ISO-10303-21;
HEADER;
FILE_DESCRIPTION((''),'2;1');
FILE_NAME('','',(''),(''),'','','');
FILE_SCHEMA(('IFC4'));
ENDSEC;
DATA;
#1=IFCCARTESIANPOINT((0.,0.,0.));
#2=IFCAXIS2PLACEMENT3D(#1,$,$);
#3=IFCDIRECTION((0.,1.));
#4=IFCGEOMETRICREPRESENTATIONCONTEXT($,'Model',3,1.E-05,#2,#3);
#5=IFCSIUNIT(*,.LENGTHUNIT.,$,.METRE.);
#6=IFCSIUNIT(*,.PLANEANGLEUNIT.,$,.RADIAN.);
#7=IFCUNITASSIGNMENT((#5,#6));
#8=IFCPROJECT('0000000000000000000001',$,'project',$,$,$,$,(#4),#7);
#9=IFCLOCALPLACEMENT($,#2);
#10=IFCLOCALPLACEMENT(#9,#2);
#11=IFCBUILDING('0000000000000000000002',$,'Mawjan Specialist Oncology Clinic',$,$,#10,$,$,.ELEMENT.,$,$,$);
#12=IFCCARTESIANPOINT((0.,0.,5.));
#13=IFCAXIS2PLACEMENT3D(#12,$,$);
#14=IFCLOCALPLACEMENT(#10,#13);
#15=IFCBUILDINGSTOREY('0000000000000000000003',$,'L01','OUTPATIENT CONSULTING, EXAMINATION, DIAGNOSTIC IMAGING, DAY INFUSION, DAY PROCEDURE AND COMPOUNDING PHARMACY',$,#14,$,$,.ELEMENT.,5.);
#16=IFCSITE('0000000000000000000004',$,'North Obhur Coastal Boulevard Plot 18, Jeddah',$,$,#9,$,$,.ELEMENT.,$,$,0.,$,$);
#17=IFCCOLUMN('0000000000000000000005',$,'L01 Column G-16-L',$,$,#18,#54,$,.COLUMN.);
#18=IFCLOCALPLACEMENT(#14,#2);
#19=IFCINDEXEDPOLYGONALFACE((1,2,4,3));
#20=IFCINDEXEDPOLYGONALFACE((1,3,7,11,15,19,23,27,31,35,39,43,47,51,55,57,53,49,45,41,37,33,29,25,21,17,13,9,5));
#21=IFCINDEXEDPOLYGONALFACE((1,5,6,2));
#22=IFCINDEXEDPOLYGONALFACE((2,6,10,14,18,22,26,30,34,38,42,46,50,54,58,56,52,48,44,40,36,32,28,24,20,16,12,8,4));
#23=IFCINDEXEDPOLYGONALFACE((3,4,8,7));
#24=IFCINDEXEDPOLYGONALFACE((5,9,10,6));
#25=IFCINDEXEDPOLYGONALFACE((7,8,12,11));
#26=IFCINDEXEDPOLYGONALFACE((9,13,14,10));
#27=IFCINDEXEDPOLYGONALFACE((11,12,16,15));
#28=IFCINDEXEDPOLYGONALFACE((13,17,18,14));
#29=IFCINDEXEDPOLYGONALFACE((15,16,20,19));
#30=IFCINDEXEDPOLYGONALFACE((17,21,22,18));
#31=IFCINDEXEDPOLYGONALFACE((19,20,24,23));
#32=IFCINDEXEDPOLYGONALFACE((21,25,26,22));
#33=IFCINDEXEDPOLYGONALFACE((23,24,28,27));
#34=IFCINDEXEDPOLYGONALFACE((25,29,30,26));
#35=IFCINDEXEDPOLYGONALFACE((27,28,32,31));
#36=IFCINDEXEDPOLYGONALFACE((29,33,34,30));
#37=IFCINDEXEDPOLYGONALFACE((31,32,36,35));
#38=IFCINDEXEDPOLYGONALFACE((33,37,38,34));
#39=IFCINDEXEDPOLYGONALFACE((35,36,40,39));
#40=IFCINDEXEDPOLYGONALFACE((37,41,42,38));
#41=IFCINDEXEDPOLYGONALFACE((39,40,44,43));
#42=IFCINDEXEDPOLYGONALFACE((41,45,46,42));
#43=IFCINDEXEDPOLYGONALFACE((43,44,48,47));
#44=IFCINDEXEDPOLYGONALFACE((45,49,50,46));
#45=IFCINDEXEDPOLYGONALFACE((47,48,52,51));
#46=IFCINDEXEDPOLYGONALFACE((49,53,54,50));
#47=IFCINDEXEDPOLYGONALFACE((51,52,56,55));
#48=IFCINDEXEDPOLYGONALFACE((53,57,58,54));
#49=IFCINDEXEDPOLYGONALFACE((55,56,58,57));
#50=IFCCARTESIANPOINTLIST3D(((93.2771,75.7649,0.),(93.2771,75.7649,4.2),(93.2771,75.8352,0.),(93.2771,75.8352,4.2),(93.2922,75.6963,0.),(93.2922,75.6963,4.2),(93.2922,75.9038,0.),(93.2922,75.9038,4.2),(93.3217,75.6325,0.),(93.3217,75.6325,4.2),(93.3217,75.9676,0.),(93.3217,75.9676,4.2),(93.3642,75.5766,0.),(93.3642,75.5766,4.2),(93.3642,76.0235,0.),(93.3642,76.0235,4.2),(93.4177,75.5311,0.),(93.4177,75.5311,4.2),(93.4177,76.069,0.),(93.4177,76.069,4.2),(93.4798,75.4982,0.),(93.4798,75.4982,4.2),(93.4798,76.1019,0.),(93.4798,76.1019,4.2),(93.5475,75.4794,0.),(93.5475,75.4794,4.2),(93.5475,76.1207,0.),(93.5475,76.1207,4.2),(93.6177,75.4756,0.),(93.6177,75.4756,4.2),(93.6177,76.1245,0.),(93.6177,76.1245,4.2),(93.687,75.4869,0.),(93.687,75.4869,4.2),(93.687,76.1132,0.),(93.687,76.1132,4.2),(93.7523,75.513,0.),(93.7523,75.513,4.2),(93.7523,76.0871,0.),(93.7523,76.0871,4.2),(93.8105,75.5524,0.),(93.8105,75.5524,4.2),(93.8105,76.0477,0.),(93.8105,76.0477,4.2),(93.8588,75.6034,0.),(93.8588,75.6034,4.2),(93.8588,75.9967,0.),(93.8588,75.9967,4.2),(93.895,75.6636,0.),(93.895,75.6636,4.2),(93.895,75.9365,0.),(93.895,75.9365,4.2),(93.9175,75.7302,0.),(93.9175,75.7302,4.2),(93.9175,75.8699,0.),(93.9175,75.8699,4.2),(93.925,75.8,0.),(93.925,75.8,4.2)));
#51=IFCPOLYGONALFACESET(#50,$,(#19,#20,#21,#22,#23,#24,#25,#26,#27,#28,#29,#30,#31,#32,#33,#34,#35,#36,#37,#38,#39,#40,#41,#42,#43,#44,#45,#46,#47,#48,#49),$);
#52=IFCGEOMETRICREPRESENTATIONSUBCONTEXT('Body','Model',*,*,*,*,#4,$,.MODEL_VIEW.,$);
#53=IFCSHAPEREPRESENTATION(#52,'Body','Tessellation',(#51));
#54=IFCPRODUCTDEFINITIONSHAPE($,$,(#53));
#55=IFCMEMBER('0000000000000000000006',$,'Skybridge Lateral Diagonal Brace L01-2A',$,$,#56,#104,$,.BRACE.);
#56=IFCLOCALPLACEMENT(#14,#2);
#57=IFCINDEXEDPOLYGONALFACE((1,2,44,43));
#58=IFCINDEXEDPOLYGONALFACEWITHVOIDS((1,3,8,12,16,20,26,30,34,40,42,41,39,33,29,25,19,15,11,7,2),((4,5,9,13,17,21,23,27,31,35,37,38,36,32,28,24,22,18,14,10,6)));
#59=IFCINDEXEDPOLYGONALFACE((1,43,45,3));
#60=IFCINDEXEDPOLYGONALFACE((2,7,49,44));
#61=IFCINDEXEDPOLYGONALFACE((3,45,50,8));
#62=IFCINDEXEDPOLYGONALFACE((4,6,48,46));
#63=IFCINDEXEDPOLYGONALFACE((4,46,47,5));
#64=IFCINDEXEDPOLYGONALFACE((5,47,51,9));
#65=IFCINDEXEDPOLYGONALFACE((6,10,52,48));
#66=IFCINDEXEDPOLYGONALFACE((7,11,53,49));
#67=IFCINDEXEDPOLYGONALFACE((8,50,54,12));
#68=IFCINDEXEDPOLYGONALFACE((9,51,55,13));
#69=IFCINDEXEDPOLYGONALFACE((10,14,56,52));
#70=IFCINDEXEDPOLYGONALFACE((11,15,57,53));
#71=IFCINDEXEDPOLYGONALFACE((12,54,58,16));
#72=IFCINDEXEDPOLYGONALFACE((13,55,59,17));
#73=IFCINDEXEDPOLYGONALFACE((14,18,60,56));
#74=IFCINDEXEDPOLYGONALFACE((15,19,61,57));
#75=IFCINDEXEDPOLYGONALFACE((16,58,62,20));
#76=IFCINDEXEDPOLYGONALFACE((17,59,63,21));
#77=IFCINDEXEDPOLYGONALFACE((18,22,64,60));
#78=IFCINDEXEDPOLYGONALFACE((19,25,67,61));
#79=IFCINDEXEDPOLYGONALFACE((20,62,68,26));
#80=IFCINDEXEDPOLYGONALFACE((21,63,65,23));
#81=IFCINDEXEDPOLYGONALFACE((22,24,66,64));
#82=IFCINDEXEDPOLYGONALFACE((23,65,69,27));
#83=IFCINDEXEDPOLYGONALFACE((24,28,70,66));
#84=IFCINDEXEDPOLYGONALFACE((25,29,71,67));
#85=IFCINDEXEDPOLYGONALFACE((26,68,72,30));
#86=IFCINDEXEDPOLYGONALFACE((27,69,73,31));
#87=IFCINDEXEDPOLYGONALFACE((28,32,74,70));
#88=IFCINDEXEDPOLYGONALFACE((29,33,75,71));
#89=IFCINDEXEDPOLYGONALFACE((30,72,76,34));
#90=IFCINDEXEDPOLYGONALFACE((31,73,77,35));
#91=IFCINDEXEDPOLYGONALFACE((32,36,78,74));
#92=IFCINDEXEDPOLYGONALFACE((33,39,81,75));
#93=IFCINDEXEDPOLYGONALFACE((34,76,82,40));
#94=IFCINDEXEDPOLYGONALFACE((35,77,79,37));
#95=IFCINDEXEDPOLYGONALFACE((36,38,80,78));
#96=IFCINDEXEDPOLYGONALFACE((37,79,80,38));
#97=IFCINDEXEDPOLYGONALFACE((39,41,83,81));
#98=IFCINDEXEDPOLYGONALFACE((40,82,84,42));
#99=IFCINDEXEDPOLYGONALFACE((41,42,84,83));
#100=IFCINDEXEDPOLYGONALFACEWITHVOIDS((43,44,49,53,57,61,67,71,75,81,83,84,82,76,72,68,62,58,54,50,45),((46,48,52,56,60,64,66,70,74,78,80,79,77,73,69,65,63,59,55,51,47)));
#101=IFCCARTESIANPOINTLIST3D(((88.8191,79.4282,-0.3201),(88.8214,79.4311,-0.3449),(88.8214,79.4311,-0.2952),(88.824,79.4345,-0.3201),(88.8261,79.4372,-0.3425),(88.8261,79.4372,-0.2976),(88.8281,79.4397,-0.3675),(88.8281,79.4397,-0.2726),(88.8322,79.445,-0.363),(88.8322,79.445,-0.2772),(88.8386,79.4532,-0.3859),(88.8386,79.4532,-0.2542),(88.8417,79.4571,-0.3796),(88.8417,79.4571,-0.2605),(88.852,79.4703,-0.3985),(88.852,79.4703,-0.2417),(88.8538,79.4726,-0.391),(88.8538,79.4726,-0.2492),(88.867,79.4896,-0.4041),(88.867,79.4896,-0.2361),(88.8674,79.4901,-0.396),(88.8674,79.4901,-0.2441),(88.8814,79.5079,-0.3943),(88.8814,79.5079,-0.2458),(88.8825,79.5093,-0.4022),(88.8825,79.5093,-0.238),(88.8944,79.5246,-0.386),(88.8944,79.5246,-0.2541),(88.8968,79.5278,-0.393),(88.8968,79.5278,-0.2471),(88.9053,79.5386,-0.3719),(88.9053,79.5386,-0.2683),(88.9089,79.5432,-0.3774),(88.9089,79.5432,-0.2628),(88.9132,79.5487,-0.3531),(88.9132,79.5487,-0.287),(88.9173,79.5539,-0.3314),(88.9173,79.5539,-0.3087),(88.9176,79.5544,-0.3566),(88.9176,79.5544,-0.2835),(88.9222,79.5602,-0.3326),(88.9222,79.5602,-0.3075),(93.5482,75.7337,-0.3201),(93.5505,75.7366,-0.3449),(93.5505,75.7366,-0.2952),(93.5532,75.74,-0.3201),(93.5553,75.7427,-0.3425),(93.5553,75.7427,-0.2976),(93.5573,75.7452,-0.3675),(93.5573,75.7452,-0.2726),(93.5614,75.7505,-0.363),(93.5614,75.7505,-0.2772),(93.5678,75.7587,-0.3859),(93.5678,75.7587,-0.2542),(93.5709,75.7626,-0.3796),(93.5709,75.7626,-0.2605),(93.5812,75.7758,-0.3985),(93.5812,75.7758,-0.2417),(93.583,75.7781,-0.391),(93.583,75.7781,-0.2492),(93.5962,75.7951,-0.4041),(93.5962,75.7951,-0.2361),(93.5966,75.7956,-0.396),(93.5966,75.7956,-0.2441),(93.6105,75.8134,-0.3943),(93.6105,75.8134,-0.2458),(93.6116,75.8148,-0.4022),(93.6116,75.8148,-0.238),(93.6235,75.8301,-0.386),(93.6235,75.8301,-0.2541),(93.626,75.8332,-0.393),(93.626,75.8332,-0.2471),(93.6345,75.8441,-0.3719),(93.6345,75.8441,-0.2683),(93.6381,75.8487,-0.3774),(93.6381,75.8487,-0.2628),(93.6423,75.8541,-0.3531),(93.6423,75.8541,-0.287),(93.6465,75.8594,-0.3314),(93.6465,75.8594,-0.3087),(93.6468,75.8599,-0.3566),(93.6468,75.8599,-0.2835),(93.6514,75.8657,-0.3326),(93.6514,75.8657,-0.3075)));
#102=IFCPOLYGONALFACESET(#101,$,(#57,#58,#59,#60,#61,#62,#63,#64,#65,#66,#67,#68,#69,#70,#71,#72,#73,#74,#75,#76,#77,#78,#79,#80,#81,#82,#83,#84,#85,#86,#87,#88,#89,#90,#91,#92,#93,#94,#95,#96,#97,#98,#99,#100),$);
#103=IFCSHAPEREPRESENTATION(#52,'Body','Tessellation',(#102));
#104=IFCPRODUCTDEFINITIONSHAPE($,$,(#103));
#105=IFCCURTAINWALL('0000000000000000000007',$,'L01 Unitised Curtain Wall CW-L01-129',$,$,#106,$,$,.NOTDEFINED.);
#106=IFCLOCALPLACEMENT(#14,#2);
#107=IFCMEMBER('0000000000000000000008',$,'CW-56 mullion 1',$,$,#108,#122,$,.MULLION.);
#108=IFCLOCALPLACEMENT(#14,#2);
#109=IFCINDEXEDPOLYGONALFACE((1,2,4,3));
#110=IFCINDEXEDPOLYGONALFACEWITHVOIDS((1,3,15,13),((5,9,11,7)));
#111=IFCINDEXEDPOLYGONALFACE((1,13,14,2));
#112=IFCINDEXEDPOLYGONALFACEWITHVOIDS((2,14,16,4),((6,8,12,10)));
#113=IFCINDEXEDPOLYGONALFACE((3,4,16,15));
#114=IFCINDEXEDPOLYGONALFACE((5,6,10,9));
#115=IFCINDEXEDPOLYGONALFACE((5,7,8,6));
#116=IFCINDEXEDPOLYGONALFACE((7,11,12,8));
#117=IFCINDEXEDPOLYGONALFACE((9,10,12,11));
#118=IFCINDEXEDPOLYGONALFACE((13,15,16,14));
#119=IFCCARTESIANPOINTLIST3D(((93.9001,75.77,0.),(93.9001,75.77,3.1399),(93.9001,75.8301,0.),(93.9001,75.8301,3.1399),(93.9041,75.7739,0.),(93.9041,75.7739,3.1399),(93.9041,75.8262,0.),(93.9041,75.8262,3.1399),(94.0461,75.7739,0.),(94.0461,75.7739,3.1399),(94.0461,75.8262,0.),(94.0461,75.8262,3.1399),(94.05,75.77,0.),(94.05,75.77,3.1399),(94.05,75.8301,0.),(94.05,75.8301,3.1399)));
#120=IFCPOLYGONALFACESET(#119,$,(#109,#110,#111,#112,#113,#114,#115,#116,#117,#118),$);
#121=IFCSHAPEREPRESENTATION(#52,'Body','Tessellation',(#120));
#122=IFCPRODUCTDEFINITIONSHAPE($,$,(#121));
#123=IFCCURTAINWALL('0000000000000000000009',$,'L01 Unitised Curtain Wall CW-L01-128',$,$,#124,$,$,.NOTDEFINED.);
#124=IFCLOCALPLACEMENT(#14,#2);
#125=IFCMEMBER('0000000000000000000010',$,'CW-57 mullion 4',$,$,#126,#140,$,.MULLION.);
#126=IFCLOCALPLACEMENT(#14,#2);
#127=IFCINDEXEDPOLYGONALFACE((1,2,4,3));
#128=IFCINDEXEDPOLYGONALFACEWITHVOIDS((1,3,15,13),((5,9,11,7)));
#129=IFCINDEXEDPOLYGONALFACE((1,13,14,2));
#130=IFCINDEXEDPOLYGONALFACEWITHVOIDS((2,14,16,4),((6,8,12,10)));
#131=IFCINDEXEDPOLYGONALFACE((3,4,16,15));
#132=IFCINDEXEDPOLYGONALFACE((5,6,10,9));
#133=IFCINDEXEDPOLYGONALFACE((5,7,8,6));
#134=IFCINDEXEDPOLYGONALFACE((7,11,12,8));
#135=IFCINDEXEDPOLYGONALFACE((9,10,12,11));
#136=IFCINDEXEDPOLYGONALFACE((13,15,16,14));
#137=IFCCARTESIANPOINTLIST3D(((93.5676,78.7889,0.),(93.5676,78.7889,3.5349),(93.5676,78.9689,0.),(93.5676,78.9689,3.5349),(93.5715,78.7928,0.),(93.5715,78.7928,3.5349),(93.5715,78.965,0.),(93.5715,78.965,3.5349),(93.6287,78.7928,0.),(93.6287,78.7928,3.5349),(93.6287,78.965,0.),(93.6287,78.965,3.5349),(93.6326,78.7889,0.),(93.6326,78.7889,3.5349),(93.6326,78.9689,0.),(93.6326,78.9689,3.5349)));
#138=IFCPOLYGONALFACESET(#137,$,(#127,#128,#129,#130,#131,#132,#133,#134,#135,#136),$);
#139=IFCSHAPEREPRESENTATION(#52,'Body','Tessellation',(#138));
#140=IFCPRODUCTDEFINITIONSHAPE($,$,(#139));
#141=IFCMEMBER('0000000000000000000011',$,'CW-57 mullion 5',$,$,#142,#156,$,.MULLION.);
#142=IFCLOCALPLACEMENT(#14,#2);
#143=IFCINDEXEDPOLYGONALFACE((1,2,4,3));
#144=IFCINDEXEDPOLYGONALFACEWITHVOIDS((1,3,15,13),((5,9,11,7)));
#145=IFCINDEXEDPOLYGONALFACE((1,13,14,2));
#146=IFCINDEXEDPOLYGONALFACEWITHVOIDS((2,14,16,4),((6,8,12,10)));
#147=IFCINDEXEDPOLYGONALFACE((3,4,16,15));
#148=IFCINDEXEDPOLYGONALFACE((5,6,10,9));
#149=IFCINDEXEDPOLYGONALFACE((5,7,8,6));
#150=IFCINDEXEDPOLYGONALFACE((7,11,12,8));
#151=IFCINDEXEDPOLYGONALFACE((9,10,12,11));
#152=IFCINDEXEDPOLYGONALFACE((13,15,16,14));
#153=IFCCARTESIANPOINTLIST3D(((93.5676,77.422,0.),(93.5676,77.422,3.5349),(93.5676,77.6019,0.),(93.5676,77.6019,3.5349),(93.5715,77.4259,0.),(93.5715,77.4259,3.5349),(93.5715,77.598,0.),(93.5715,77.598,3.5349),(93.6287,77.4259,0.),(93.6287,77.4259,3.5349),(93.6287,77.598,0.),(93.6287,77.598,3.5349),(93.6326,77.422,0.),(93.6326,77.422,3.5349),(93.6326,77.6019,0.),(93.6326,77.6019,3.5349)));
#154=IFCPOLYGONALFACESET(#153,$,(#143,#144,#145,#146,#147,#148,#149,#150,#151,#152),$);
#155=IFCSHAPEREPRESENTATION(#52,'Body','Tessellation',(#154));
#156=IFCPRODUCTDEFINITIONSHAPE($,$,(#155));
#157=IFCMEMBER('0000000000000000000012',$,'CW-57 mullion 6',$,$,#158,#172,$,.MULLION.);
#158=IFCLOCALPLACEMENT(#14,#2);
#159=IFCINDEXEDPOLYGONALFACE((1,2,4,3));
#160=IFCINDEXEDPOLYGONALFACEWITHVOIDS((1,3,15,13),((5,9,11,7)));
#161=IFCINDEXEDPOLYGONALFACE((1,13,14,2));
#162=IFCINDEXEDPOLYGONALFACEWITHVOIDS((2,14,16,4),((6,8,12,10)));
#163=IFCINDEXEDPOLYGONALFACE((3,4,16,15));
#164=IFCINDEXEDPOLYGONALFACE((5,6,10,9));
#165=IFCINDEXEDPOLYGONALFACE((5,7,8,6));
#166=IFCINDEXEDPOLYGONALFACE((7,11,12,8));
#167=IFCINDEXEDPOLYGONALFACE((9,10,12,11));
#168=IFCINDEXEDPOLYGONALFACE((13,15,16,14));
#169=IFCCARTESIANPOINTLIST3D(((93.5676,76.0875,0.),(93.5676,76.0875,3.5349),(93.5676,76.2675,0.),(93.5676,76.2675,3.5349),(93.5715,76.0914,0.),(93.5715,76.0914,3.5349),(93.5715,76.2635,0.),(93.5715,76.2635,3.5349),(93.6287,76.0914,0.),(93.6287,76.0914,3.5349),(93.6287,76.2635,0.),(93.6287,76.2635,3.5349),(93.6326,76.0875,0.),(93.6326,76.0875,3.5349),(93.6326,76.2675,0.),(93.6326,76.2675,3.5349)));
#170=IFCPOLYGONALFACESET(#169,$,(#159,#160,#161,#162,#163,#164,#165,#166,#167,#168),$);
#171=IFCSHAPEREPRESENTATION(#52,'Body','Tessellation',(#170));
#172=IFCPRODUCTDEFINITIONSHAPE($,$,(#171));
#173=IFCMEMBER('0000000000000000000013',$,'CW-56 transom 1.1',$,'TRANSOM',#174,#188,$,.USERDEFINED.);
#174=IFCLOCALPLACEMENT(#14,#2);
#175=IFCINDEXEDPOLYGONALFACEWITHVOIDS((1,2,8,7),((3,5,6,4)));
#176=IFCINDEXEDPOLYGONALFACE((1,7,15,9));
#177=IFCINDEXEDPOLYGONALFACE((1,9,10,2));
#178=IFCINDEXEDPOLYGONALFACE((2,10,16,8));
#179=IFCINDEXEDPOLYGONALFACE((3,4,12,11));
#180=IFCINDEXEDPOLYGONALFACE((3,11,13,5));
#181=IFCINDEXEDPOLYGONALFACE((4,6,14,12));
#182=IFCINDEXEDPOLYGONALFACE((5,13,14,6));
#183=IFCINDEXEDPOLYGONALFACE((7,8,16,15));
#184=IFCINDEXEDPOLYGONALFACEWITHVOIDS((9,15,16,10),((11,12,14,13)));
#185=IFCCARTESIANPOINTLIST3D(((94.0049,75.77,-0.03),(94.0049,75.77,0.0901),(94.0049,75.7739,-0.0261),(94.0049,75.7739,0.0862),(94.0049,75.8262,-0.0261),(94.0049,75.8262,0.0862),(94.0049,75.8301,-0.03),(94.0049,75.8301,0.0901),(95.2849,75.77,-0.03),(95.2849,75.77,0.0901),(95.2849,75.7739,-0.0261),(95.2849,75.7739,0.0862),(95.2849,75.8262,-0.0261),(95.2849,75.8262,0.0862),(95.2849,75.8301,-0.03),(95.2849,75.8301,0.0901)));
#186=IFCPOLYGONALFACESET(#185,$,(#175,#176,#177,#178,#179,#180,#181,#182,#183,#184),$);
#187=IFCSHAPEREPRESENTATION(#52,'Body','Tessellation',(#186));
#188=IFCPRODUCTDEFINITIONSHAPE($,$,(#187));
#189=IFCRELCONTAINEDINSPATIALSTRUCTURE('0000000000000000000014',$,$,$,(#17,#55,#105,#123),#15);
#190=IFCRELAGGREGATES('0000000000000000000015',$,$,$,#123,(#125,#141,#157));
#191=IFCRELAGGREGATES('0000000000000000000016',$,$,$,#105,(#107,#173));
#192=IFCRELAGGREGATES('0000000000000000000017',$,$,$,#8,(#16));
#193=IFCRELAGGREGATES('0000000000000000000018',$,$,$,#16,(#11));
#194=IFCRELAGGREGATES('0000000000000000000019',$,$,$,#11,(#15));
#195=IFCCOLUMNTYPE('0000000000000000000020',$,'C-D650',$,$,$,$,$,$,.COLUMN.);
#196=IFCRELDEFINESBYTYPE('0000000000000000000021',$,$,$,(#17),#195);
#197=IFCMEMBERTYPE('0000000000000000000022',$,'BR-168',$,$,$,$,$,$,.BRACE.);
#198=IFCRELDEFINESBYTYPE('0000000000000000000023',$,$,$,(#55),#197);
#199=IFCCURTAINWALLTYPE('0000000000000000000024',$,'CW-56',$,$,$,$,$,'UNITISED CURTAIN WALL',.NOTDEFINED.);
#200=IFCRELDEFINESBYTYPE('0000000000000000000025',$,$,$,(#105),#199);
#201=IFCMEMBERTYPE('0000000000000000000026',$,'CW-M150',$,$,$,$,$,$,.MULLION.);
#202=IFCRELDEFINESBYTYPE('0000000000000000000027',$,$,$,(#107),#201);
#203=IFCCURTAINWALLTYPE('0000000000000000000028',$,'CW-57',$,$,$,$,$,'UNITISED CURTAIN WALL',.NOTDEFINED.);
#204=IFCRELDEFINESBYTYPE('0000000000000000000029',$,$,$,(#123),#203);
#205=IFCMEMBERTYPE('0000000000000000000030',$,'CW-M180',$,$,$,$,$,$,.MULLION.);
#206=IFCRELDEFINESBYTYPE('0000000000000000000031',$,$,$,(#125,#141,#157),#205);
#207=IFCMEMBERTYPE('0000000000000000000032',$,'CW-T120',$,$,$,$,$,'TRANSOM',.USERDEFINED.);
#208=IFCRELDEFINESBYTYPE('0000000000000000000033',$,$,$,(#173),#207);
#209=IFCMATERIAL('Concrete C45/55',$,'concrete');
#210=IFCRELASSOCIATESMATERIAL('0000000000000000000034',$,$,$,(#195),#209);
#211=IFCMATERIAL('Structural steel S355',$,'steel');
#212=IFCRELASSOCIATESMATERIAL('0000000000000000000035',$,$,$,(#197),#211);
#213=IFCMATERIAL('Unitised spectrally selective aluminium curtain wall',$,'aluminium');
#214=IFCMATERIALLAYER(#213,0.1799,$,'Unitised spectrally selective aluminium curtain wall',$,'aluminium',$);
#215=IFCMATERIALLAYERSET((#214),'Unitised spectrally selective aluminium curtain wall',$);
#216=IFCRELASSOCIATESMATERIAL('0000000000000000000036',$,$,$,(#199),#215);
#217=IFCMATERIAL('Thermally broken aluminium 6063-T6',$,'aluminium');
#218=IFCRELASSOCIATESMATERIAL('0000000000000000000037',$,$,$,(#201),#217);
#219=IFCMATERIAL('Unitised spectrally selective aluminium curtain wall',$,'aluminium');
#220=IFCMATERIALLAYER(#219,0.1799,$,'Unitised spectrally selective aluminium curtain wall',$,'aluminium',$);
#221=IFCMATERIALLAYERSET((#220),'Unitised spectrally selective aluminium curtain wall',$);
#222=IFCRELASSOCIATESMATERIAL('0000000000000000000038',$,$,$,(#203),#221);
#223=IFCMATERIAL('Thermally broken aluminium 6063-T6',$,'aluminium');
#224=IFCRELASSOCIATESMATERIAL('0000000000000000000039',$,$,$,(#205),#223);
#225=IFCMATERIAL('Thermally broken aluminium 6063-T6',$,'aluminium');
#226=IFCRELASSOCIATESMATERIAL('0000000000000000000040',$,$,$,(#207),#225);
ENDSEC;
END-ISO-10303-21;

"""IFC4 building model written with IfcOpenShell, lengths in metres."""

from ifc_helpers import new_model, si_unit, direction, frame, origin, origin_2d, place, context, subcontext, project, spatial, hollow_rectangle, circle, hollow_circle, extrude, material, layer, layer_set, material_profile, profile_set, type_object, element, aggregate, save


model = new_model("IFC4")

# Units and contexts
model_context = context("Model", 3, precision=1e-05, world=origin(), true_north=direction((0.0, 1.0)))
body_context = subcontext(model_context, "Body", "Model", "MODEL_VIEW")
ifc_project = project(units=[si_unit("LENGTHUNIT", "METRE"), si_unit("PLANEANGLEUNIT", "RADIAN")], contexts=[model_context])

# Site, building, storey
site_placement = place(None, origin())
site = spatial("IfcSite", under=ifc_project, at=site_placement, Name="North Obhur Coastal Boulevard Plot 18, Jeddah", CompositionType="ELEMENT", RefElevation=0.0)
building_placement = place(site_placement, origin())
building = spatial("IfcBuilding", under=site, at=building_placement, Name="Mawjan Specialist Oncology Clinic", CompositionType="ELEMENT")
storey_placement = place(building_placement, frame((0.0, 0.0, 5.0)))
storey = spatial("IfcBuildingStorey", under=building, at=storey_placement, Name="L01", Description="OUTPATIENT CONSULTING, EXAMINATION, DIAGNOSTIC IMAGING, DAY INFUSION, DAY PROCEDURE AND COMPOUNDING PHARMACY", CompositionType="ELEMENT", Elevation=5.0)

# Column
ifc_material_1 = material(Name="Concrete C45/55", Category="concrete")
ifc_material_profile_1 = material_profile(ifc_material_1, circle(Radius=0.325, at=origin_2d()), Name="RC COL D650", Category="concrete")
ifc_profile_set_1 = profile_set([ifc_material_profile_1], Name="Concrete C45/55")
column_type = type_object("IfcColumnType", Name="C-D650", PredefinedType="COLUMN", material=ifc_profile_set_1)
column_placement = place(storey_placement, frame((93.6001, 75.8, 0.0), z_axis=(0.0, 0.0, 1.0), x_axis=(1.0, 0.0, 0.0)))
element("IfcColumn", 1, at=column_placement, inside=storey, type_object=column_type, Name="L01 Column G-16-L", PredefinedType="COLUMN", context=body_context, shape_type="SweptSolid", body=[
    extrude(circle(Radius=0.325, at=origin_2d()), origin(), (0.0, 0.0, 1.0), 4.2),
])

# Member
ifc_material_2 = material(Name="Structural steel S355", Category="steel")
ifc_material_profile_2 = material_profile(ifc_material_2, hollow_circle(Radius=0.0842, WallThickness=0.0081, at=origin_2d()), Name="CHS 168.3x8", Category="steel")
ifc_profile_set_2 = profile_set([ifc_material_profile_2], Name="Structural steel S355")
member_type_1 = type_object("IfcMemberType", Name="BR-168", PredefinedType="BRACE", material=ifc_profile_set_2)
member_1_placement = place(storey_placement, frame((93.6001, 75.8, -0.3201), z_axis=(-0.788036, 0.615629, 0.0), x_axis=(-0.615629, -0.788036, 0.0)))
element("IfcMember", 2, at=member_1_placement, inside=storey, type_object=member_type_1, Name="Skybridge Lateral Diagonal Brace L01-2A", PredefinedType="BRACE", context=body_context, shape_type="SweptSolid", body=[
    extrude(hollow_circle(Radius=0.0842, WallThickness=0.0081, at=origin_2d()), origin(), (0.0, 0.0, 1.0), 6.0012),
])

# Curtain wall, member
ifc_material_3 = material(Name="Unitised spectrally selective aluminium curtain wall", Category="aluminium")
ifc_layer_1 = layer(ifc_material_3, 0.1799, Name="Unitised spectrally selective aluminium curtain wall", Category="aluminium")
ifc_layer_set_1 = layer_set([ifc_layer_1], Name="Unitised spectrally selective aluminium curtain wall")
curtain_wall_type_1 = type_object("IfcCurtainWallType", Name="CW-56", ElementType="UNITISED CURTAIN WALL", PredefinedType="NOTDEFINED", material=ifc_layer_set_1)
curtain_wall_1_placement = place(storey_placement, origin())
curtain_wall_1 = element("IfcCurtainWall", 3, at=curtain_wall_1_placement, inside=storey, type_object=curtain_wall_type_1, Name="L01 Unitised Curtain Wall CW-L01-129", PredefinedType="NOTDEFINED")
ifc_material_4 = material(Name="Thermally broken aluminium 6063-T6", Category="aluminium")
ifc_material_profile_3 = material_profile(ifc_material_4, hollow_rectangle(XDim=0.0601, YDim=0.1499, WallThickness=0.0039, at=origin_2d()), Name="ALU MULLION 150x60x4", Category="aluminium")
ifc_profile_set_3 = profile_set([ifc_material_profile_3], Name="Thermally broken aluminium 6063-T6")
member_type_2 = type_object("IfcMemberType", Name="CW-M150", PredefinedType="MULLION", material=ifc_profile_set_3)
member_2_placement = place(storey_placement, frame((93.9751, 75.8, 0.0), z_axis=(0.0, 0.0, 1.0), x_axis=(0.0, 1.0, 0.0)))
member_2 = element("IfcMember", 4, at=member_2_placement, type_object=member_type_2, Name="CW-56 mullion 1", PredefinedType="MULLION", context=body_context, shape_type="SweptSolid", body=[
    extrude(hollow_rectangle(XDim=0.0601, YDim=0.1499, WallThickness=0.0039, at=origin_2d()), origin(), (0.0, 0.0, 1.0), 3.1399),
])

# Curtain wall, members
ifc_material_5 = material(Name="Unitised spectrally selective aluminium curtain wall", Category="aluminium")
ifc_layer_2 = layer(ifc_material_5, 0.1799, Name="Unitised spectrally selective aluminium curtain wall", Category="aluminium")
ifc_layer_set_2 = layer_set([ifc_layer_2], Name="Unitised spectrally selective aluminium curtain wall")
curtain_wall_type_2 = type_object("IfcCurtainWallType", Name="CW-57", ElementType="UNITISED CURTAIN WALL", PredefinedType="NOTDEFINED", material=ifc_layer_set_2)
curtain_wall_2_placement = place(storey_placement, origin())
curtain_wall_2 = element("IfcCurtainWall", 5, at=curtain_wall_2_placement, inside=storey, type_object=curtain_wall_type_2, Name="L01 Unitised Curtain Wall CW-L01-128", PredefinedType="NOTDEFINED")
ifc_material_6 = material(Name="Thermally broken aluminium 6063-T6", Category="aluminium")
ifc_material_profile_4 = material_profile(ifc_material_6, hollow_rectangle(XDim=0.0649, YDim=0.1799, WallThickness=0.0039, at=origin_2d()), Name="ALU MULLION 180x65x4", Category="aluminium")
ifc_profile_set_4 = profile_set([ifc_material_profile_4], Name="Thermally broken aluminium 6063-T6")
member_type_3 = type_object("IfcMemberType", Name="CW-M180", PredefinedType="MULLION", material=ifc_profile_set_4)
member_3_placement = place(storey_placement, frame((93.6001, 78.8789, 0.0), z_axis=(0.0, 0.0, 1.0), x_axis=(1.0, 0.0, 0.0)))
member_3 = element("IfcMember", 6, at=member_3_placement, type_object=member_type_3, Name="CW-57 mullion 4", PredefinedType="MULLION", context=body_context, shape_type="SweptSolid", body=[
    extrude(hollow_rectangle(XDim=0.0649, YDim=0.1799, WallThickness=0.0039, at=origin_2d()), origin(), (0.0, 0.0, 1.0), 3.5349),
])
member_4_placement = place(storey_placement, frame((93.6001, 77.512, 0.0), z_axis=(0.0, 0.0, 1.0), x_axis=(1.0, 0.0, 0.0)))
member_4 = element("IfcMember", 7, at=member_4_placement, type_object=member_type_3, Name="CW-57 mullion 5", PredefinedType="MULLION", context=body_context, shape_type="SweptSolid", body=[
    extrude(hollow_rectangle(XDim=0.0649, YDim=0.1799, WallThickness=0.0039, at=origin_2d()), origin(), (0.0, 0.0, 1.0), 3.5349),
])
member_5_placement = place(storey_placement, frame((93.6001, 76.1775, 0.0), z_axis=(0.0, 0.0, 1.0), x_axis=(1.0, 0.0, 0.0)))
member_5 = element("IfcMember", 8, at=member_5_placement, type_object=member_type_3, Name="CW-57 mullion 6", PredefinedType="MULLION", context=body_context, shape_type="SweptSolid", body=[
    extrude(hollow_rectangle(XDim=0.0649, YDim=0.1799, WallThickness=0.0039, at=origin_2d()), origin(), (0.0, 0.0, 1.0), 3.5349),
])

# Member
ifc_material_7 = material(Name="Thermally broken aluminium 6063-T6", Category="aluminium")
ifc_material_profile_5 = material_profile(ifc_material_7, hollow_rectangle(XDim=0.0601, YDim=0.1201, WallThickness=0.0039, at=origin_2d()), Name="ALU TRANSOM 120x60x4", Category="aluminium")
ifc_profile_set_5 = profile_set([ifc_material_profile_5], Name="Thermally broken aluminium 6063-T6")
member_type_4 = type_object("IfcMemberType", Name="CW-T120", ElementType="TRANSOM", PredefinedType="USERDEFINED", material=ifc_profile_set_5)
member_6_placement = place(storey_placement, frame((94.0049, 75.8, 0.03), z_axis=(1.0, 0.0, 0.0), x_axis=(0.0, 1.0, 0.0)))
member_6 = element("IfcMember", 9, at=member_6_placement, type_object=member_type_4, Name="CW-56 transom 1.1", ObjectType="TRANSOM", PredefinedType="USERDEFINED", context=body_context, shape_type="SweptSolid", body=[
    extrude(hollow_rectangle(XDim=0.0601, YDim=0.1201, WallThickness=0.0039, at=origin_2d()), origin(), (0.0, 0.0, 1.0), 1.28),
])

aggregate(curtain_wall_2, [member_3, member_4, member_5])
aggregate(curtain_wall_1, [member_2, member_6])

save(model, "model.ifc")
